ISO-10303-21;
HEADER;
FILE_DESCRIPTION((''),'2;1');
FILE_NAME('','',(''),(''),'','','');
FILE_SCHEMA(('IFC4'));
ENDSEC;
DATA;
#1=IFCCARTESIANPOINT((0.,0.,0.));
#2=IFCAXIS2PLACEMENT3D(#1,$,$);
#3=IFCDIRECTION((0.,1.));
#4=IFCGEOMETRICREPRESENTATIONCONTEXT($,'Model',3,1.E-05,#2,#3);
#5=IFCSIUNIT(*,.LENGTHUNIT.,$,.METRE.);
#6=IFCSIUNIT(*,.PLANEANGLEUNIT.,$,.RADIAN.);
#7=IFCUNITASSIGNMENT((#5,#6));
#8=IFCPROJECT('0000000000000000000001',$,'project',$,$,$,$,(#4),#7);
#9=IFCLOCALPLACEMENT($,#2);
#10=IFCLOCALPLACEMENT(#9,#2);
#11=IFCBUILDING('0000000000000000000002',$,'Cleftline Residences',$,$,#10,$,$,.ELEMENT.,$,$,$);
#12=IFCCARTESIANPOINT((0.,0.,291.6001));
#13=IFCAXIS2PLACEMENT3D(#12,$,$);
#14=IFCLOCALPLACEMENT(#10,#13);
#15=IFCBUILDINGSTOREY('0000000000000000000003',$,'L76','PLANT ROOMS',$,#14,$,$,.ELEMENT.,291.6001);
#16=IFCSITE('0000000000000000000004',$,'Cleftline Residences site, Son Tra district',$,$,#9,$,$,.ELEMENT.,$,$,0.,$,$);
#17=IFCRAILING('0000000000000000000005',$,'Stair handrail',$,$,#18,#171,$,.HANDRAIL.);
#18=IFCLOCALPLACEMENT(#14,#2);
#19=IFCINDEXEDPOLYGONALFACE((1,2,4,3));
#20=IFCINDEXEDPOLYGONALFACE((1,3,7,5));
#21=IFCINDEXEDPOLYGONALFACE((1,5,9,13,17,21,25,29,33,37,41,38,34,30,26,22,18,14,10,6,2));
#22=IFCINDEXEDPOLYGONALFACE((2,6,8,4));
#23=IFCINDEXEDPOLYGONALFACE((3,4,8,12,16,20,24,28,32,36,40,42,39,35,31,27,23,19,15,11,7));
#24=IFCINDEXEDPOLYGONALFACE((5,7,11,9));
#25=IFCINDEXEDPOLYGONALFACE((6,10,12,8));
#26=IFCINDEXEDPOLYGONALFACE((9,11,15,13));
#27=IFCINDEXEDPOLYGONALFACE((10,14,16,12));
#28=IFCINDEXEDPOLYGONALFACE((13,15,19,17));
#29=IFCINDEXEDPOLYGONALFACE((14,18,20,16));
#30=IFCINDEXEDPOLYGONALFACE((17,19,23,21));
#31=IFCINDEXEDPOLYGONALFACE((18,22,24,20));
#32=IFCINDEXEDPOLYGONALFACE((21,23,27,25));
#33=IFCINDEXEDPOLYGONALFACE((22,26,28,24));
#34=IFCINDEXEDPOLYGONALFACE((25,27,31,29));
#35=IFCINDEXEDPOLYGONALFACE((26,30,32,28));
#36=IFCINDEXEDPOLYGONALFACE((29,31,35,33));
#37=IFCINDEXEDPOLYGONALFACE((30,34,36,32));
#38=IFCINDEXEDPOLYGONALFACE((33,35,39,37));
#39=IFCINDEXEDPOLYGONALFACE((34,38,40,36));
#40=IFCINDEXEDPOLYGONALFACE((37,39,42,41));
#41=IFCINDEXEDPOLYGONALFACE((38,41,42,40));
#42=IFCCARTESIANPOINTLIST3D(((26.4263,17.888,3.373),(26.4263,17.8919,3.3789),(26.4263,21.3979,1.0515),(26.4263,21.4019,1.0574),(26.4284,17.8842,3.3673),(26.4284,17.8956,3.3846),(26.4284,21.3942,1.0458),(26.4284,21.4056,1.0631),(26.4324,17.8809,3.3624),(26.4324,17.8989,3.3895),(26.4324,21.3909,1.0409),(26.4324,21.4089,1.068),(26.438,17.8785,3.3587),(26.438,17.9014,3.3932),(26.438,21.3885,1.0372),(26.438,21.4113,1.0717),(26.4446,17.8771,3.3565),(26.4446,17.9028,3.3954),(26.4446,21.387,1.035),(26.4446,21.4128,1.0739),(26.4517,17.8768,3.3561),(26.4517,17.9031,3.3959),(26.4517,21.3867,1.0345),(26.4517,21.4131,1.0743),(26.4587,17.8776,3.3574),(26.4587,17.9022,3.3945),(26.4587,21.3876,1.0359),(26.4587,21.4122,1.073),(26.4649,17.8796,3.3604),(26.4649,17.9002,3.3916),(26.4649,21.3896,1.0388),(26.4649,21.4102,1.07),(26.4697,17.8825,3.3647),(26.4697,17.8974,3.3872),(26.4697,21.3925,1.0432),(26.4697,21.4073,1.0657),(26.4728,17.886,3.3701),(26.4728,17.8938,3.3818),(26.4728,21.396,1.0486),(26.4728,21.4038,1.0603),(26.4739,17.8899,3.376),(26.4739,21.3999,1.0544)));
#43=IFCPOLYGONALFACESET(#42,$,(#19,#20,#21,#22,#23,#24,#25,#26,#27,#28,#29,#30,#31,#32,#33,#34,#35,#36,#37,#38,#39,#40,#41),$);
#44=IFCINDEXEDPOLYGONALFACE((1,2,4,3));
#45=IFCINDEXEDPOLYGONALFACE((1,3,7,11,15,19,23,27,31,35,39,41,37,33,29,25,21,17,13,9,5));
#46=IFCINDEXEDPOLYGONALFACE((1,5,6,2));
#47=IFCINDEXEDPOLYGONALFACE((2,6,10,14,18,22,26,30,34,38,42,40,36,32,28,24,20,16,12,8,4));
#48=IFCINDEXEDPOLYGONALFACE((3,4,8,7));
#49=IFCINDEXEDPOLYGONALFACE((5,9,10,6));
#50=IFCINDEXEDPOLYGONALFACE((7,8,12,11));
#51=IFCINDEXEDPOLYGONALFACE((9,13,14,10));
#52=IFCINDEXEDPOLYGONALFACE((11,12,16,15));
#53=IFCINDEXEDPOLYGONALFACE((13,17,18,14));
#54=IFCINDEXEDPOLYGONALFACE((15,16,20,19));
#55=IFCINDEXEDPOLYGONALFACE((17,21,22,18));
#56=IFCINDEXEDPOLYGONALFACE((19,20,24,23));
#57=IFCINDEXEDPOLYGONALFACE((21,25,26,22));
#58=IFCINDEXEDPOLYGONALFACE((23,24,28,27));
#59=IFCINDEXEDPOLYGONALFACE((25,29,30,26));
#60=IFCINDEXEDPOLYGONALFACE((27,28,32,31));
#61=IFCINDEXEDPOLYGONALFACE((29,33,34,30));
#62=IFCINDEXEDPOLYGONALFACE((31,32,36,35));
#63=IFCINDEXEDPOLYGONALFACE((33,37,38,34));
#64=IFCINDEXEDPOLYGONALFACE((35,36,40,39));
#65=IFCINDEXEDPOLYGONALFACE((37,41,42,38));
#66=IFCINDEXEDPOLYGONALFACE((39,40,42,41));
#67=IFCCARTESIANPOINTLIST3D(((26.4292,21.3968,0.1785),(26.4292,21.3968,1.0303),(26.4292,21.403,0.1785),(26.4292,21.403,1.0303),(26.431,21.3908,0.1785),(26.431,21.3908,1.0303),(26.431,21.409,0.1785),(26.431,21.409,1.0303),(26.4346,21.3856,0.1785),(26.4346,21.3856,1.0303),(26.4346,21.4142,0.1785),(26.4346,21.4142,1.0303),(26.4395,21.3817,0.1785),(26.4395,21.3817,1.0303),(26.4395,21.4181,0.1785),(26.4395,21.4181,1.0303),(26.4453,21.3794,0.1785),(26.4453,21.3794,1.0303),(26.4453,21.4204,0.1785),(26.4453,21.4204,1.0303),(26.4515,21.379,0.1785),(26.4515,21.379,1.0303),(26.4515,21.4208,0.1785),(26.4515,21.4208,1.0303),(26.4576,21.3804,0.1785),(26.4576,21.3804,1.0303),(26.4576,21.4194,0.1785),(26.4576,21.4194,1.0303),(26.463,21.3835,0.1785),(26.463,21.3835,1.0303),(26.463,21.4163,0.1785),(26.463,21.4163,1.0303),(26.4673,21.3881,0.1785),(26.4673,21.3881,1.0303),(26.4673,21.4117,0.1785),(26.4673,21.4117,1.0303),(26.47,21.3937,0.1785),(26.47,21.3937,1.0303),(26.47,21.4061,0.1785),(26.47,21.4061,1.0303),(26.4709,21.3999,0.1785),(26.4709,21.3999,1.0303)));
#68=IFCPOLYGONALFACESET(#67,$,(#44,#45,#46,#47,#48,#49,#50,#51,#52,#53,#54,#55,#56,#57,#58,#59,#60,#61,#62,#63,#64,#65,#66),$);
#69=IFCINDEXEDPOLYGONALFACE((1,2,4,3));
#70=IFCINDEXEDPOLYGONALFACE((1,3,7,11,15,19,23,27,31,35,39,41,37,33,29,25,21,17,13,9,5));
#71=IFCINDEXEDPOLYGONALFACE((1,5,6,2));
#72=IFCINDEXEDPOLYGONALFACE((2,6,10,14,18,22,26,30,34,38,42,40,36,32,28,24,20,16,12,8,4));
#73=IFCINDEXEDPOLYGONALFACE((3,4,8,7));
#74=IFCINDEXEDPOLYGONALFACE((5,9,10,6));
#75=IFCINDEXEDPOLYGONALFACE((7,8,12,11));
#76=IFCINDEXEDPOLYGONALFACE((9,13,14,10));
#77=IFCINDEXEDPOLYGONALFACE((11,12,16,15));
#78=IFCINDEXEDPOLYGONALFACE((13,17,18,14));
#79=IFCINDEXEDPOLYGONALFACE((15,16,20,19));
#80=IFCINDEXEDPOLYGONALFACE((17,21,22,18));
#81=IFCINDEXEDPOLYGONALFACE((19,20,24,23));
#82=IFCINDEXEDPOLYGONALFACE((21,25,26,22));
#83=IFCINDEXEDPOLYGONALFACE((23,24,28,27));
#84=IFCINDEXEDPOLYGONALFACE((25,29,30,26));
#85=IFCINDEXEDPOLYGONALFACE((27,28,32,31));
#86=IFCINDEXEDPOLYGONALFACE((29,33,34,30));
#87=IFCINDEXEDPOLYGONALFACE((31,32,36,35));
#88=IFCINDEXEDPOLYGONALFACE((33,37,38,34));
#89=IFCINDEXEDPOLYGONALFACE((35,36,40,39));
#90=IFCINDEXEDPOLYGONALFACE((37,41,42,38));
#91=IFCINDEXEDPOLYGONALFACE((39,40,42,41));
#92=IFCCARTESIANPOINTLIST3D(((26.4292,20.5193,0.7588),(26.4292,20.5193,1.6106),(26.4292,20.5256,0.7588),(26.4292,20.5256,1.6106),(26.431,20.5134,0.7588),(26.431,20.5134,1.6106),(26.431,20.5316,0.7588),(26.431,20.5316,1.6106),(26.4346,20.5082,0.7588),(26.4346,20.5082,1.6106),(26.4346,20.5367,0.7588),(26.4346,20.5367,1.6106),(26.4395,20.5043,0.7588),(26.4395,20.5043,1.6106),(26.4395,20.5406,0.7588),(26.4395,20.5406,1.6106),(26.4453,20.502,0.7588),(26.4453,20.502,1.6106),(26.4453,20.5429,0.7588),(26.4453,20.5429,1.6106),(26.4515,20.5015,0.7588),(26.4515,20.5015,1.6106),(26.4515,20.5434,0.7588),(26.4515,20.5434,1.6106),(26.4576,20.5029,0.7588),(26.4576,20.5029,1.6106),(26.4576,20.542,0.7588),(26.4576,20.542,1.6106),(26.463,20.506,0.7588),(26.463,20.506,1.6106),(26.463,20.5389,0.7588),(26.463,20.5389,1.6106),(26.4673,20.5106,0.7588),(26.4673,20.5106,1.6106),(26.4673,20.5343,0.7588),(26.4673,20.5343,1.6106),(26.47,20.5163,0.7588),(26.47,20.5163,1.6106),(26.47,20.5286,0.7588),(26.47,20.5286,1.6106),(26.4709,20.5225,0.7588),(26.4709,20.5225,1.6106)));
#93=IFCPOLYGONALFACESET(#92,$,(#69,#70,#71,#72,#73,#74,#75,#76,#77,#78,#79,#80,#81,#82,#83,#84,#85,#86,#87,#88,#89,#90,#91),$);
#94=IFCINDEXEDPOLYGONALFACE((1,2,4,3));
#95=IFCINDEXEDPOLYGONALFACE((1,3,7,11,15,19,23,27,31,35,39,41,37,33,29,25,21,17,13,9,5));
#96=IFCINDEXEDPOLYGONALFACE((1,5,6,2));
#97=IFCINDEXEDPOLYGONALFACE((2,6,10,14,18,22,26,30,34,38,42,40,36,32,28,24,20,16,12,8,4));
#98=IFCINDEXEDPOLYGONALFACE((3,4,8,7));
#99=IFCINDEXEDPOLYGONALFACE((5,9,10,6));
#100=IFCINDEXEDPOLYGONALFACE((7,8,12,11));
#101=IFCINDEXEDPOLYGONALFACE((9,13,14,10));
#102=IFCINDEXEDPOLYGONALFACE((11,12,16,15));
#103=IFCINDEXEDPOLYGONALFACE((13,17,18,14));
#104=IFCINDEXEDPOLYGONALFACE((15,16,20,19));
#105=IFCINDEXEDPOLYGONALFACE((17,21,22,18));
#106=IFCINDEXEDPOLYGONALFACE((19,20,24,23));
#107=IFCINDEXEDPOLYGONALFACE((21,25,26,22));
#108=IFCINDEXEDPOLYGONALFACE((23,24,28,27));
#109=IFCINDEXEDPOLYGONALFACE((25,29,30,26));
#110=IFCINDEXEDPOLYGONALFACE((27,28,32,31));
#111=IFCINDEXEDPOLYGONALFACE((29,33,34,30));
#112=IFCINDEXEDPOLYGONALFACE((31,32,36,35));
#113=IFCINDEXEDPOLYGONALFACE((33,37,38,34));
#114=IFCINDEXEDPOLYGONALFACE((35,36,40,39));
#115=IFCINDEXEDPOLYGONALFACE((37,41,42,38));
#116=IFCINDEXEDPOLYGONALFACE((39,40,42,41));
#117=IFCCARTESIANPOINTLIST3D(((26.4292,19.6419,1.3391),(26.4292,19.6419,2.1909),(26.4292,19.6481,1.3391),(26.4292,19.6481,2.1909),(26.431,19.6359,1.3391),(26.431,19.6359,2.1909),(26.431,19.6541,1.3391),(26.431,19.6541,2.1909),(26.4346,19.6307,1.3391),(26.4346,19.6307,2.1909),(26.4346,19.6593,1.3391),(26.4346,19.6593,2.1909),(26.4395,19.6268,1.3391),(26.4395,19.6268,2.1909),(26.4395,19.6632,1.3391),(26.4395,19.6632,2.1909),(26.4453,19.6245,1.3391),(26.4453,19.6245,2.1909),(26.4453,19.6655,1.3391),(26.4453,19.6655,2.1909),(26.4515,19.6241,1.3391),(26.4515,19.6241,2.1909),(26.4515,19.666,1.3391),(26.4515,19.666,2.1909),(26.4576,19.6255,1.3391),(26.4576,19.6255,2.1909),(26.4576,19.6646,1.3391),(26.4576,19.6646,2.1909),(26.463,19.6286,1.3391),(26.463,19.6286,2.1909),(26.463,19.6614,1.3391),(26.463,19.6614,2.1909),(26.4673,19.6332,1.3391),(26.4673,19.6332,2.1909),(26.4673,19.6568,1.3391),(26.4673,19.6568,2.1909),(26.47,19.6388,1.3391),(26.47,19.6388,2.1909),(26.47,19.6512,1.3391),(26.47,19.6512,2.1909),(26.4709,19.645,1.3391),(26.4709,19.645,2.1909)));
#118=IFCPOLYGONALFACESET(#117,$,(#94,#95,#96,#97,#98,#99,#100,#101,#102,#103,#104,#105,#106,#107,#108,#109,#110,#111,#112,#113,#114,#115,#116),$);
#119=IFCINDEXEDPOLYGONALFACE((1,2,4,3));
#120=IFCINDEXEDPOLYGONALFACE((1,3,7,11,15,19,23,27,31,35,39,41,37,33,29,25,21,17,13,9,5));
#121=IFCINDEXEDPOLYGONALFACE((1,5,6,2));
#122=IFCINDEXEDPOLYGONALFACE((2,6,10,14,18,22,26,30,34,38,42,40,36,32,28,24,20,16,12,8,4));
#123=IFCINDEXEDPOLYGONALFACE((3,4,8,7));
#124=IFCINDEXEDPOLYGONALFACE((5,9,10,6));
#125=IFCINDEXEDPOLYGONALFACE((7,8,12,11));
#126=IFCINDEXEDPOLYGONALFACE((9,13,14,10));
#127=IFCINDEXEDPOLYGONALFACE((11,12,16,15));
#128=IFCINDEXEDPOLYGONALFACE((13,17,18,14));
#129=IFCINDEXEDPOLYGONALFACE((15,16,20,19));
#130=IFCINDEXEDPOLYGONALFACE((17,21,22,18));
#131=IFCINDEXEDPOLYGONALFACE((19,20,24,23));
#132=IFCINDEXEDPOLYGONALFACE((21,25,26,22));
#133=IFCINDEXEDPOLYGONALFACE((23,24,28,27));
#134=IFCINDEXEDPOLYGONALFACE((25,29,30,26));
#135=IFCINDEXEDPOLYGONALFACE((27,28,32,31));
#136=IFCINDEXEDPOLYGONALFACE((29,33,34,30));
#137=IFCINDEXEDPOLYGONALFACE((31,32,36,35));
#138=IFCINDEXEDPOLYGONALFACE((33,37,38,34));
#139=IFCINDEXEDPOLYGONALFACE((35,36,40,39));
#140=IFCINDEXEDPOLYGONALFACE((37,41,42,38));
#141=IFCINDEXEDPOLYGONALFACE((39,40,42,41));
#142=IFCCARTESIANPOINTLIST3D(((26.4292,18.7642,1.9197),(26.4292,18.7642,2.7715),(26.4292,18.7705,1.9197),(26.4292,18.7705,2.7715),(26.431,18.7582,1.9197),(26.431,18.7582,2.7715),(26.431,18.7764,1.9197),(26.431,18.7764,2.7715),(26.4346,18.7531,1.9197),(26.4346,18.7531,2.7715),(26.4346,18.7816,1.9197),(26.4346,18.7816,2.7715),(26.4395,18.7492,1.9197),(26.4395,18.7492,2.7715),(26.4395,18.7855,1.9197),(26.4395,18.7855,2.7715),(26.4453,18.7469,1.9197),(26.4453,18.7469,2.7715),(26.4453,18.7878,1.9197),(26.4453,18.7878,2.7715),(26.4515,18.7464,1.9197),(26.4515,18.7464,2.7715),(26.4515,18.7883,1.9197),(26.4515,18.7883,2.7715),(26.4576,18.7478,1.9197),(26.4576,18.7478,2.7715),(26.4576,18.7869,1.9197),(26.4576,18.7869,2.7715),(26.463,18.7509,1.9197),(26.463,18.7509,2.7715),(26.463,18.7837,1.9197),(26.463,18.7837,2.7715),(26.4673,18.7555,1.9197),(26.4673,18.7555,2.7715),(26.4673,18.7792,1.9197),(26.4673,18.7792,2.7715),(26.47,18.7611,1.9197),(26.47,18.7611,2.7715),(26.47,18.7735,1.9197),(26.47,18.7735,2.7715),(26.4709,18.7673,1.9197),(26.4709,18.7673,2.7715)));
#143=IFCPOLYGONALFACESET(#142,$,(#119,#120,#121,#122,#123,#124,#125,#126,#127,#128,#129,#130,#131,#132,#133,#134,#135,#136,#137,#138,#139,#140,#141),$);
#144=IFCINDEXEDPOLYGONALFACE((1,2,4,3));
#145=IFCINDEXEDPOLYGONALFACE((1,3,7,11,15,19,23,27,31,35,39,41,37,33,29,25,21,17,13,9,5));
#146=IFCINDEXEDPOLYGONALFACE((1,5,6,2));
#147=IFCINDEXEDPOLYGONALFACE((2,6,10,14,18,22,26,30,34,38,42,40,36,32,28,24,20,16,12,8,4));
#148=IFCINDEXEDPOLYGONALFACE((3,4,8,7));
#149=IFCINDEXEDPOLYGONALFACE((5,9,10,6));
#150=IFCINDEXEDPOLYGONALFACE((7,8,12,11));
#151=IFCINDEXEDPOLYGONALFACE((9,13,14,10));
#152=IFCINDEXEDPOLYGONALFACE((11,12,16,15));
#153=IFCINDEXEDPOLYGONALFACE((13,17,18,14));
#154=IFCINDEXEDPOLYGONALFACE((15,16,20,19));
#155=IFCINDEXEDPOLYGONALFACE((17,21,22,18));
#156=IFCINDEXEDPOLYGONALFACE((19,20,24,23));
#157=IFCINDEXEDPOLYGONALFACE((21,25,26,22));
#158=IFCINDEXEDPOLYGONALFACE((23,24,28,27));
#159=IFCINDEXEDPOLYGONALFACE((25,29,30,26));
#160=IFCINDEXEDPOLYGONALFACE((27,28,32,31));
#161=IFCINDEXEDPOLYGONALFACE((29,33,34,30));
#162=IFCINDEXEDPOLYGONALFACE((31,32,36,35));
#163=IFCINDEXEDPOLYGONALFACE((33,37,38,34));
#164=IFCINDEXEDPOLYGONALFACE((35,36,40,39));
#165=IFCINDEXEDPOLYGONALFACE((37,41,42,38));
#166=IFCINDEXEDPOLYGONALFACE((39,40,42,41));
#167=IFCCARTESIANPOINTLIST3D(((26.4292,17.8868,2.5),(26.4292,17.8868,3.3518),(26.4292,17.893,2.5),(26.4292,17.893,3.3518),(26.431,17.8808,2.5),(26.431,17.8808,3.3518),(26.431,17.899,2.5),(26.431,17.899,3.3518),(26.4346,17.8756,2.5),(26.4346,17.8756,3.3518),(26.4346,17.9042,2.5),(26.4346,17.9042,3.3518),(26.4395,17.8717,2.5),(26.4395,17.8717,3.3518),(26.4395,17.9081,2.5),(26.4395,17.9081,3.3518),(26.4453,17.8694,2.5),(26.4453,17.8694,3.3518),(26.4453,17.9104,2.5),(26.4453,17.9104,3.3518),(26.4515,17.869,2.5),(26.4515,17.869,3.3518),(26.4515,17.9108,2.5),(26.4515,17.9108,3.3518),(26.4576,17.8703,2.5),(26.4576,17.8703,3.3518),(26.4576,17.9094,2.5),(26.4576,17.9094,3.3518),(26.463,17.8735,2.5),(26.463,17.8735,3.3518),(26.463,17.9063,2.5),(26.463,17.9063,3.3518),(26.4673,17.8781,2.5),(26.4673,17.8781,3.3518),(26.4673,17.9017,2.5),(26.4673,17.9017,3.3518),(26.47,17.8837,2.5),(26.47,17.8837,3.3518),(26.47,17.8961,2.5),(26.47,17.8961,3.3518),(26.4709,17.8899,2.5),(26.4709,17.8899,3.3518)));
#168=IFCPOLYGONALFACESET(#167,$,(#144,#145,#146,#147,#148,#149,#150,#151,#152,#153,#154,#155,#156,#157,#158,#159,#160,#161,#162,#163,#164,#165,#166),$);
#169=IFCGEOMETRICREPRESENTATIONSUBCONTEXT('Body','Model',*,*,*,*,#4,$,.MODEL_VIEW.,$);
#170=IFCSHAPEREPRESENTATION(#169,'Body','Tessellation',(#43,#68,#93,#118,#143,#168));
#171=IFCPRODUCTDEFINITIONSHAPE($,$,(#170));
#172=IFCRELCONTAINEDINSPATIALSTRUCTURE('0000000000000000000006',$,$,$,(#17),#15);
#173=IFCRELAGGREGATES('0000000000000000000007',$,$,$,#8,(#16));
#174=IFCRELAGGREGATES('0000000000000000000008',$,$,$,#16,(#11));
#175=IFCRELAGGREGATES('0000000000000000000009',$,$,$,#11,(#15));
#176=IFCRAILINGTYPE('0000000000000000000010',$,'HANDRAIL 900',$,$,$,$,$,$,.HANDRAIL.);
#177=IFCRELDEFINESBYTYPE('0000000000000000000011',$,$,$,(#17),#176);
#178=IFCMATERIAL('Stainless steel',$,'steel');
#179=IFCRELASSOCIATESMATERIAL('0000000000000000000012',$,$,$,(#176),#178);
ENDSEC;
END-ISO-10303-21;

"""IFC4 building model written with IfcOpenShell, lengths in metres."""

from ifc_helpers import new_model, si_unit, direction, frame, origin, origin_2d, place, context, subcontext, project, spatial, circle, extrude, material, type_object, element, save


model = new_model("IFC4")

# Units and contexts
model_context = context("Model", 3, precision=1e-05, world=origin(), true_north=direction((0.0, 1.0)))
body_context = subcontext(model_context, "Body", "Model", "MODEL_VIEW")
ifc_project = project(units=[si_unit("LENGTHUNIT", "METRE"), si_unit("PLANEANGLEUNIT", "RADIAN")], contexts=[model_context])

# Site, building, storey
site_placement = place(None, origin())
site = spatial("IfcSite", under=ifc_project, at=site_placement, Name="Cleftline Residences site, Son Tra district", CompositionType="ELEMENT", RefElevation=0.0)
building_placement = place(site_placement, origin())
building = spatial("IfcBuilding", under=site, at=building_placement, Name="Cleftline Residences", CompositionType="ELEMENT")
storey_placement = place(building_placement, frame((0.0, 0.0, 291.6001)))
storey = spatial("IfcBuildingStorey", under=building, at=storey_placement, Name="L76", Description="PLANT ROOMS", CompositionType="ELEMENT", Elevation=291.6001)

# Railing
ifc_material_1 = material(Name="Stainless steel", Category="steel")
railing_type = type_object("IfcRailingType", Name="HANDRAIL 900", PredefinedType="HANDRAIL", material=ifc_material_1)
railing_1_placement = place(storey_placement, frame((26.45, 21.3999, 0.1785)))
element("IfcRailing", 1, at=railing_1_placement, inside=storey, type_object=railing_type, Name="Stair handrail", PredefinedType="HANDRAIL", context=body_context, shape_type="SweptSolid", body=[
    extrude(circle(Radius=0.0239, at=origin_2d()), frame((0.0, 0.0, 0.876), z_axis=(0.0, -0.834071, 0.551657), x_axis=(1.0, 0.0, 0.0)), (0.0, 0.0, 1.0), 4.2083),
    extrude(circle(Radius=0.021, at=origin_2d()), origin(), (0.0, 0.0, 1.0), 0.8518),
    extrude(circle(Radius=0.021, at=origin_2d()), frame((0.0, -0.8774, 0.5803)), (0.0, 0.0, 1.0), 0.8518),
    extrude(circle(Radius=0.021, at=origin_2d()), frame((0.0, -1.7549, 1.1606)), (0.0, 0.0, 1.0), 0.8518),
    extrude(circle(Radius=0.021, at=origin_2d()), frame((0.0, -2.6326, 1.7412)), (0.0, 0.0, 1.0), 0.8518),
    extrude(circle(Radius=0.021, at=origin_2d()), frame((0.0, -3.51, 2.3215)), (0.0, 0.0, 1.0), 0.8518),
])

save(model, "model.ifc")
